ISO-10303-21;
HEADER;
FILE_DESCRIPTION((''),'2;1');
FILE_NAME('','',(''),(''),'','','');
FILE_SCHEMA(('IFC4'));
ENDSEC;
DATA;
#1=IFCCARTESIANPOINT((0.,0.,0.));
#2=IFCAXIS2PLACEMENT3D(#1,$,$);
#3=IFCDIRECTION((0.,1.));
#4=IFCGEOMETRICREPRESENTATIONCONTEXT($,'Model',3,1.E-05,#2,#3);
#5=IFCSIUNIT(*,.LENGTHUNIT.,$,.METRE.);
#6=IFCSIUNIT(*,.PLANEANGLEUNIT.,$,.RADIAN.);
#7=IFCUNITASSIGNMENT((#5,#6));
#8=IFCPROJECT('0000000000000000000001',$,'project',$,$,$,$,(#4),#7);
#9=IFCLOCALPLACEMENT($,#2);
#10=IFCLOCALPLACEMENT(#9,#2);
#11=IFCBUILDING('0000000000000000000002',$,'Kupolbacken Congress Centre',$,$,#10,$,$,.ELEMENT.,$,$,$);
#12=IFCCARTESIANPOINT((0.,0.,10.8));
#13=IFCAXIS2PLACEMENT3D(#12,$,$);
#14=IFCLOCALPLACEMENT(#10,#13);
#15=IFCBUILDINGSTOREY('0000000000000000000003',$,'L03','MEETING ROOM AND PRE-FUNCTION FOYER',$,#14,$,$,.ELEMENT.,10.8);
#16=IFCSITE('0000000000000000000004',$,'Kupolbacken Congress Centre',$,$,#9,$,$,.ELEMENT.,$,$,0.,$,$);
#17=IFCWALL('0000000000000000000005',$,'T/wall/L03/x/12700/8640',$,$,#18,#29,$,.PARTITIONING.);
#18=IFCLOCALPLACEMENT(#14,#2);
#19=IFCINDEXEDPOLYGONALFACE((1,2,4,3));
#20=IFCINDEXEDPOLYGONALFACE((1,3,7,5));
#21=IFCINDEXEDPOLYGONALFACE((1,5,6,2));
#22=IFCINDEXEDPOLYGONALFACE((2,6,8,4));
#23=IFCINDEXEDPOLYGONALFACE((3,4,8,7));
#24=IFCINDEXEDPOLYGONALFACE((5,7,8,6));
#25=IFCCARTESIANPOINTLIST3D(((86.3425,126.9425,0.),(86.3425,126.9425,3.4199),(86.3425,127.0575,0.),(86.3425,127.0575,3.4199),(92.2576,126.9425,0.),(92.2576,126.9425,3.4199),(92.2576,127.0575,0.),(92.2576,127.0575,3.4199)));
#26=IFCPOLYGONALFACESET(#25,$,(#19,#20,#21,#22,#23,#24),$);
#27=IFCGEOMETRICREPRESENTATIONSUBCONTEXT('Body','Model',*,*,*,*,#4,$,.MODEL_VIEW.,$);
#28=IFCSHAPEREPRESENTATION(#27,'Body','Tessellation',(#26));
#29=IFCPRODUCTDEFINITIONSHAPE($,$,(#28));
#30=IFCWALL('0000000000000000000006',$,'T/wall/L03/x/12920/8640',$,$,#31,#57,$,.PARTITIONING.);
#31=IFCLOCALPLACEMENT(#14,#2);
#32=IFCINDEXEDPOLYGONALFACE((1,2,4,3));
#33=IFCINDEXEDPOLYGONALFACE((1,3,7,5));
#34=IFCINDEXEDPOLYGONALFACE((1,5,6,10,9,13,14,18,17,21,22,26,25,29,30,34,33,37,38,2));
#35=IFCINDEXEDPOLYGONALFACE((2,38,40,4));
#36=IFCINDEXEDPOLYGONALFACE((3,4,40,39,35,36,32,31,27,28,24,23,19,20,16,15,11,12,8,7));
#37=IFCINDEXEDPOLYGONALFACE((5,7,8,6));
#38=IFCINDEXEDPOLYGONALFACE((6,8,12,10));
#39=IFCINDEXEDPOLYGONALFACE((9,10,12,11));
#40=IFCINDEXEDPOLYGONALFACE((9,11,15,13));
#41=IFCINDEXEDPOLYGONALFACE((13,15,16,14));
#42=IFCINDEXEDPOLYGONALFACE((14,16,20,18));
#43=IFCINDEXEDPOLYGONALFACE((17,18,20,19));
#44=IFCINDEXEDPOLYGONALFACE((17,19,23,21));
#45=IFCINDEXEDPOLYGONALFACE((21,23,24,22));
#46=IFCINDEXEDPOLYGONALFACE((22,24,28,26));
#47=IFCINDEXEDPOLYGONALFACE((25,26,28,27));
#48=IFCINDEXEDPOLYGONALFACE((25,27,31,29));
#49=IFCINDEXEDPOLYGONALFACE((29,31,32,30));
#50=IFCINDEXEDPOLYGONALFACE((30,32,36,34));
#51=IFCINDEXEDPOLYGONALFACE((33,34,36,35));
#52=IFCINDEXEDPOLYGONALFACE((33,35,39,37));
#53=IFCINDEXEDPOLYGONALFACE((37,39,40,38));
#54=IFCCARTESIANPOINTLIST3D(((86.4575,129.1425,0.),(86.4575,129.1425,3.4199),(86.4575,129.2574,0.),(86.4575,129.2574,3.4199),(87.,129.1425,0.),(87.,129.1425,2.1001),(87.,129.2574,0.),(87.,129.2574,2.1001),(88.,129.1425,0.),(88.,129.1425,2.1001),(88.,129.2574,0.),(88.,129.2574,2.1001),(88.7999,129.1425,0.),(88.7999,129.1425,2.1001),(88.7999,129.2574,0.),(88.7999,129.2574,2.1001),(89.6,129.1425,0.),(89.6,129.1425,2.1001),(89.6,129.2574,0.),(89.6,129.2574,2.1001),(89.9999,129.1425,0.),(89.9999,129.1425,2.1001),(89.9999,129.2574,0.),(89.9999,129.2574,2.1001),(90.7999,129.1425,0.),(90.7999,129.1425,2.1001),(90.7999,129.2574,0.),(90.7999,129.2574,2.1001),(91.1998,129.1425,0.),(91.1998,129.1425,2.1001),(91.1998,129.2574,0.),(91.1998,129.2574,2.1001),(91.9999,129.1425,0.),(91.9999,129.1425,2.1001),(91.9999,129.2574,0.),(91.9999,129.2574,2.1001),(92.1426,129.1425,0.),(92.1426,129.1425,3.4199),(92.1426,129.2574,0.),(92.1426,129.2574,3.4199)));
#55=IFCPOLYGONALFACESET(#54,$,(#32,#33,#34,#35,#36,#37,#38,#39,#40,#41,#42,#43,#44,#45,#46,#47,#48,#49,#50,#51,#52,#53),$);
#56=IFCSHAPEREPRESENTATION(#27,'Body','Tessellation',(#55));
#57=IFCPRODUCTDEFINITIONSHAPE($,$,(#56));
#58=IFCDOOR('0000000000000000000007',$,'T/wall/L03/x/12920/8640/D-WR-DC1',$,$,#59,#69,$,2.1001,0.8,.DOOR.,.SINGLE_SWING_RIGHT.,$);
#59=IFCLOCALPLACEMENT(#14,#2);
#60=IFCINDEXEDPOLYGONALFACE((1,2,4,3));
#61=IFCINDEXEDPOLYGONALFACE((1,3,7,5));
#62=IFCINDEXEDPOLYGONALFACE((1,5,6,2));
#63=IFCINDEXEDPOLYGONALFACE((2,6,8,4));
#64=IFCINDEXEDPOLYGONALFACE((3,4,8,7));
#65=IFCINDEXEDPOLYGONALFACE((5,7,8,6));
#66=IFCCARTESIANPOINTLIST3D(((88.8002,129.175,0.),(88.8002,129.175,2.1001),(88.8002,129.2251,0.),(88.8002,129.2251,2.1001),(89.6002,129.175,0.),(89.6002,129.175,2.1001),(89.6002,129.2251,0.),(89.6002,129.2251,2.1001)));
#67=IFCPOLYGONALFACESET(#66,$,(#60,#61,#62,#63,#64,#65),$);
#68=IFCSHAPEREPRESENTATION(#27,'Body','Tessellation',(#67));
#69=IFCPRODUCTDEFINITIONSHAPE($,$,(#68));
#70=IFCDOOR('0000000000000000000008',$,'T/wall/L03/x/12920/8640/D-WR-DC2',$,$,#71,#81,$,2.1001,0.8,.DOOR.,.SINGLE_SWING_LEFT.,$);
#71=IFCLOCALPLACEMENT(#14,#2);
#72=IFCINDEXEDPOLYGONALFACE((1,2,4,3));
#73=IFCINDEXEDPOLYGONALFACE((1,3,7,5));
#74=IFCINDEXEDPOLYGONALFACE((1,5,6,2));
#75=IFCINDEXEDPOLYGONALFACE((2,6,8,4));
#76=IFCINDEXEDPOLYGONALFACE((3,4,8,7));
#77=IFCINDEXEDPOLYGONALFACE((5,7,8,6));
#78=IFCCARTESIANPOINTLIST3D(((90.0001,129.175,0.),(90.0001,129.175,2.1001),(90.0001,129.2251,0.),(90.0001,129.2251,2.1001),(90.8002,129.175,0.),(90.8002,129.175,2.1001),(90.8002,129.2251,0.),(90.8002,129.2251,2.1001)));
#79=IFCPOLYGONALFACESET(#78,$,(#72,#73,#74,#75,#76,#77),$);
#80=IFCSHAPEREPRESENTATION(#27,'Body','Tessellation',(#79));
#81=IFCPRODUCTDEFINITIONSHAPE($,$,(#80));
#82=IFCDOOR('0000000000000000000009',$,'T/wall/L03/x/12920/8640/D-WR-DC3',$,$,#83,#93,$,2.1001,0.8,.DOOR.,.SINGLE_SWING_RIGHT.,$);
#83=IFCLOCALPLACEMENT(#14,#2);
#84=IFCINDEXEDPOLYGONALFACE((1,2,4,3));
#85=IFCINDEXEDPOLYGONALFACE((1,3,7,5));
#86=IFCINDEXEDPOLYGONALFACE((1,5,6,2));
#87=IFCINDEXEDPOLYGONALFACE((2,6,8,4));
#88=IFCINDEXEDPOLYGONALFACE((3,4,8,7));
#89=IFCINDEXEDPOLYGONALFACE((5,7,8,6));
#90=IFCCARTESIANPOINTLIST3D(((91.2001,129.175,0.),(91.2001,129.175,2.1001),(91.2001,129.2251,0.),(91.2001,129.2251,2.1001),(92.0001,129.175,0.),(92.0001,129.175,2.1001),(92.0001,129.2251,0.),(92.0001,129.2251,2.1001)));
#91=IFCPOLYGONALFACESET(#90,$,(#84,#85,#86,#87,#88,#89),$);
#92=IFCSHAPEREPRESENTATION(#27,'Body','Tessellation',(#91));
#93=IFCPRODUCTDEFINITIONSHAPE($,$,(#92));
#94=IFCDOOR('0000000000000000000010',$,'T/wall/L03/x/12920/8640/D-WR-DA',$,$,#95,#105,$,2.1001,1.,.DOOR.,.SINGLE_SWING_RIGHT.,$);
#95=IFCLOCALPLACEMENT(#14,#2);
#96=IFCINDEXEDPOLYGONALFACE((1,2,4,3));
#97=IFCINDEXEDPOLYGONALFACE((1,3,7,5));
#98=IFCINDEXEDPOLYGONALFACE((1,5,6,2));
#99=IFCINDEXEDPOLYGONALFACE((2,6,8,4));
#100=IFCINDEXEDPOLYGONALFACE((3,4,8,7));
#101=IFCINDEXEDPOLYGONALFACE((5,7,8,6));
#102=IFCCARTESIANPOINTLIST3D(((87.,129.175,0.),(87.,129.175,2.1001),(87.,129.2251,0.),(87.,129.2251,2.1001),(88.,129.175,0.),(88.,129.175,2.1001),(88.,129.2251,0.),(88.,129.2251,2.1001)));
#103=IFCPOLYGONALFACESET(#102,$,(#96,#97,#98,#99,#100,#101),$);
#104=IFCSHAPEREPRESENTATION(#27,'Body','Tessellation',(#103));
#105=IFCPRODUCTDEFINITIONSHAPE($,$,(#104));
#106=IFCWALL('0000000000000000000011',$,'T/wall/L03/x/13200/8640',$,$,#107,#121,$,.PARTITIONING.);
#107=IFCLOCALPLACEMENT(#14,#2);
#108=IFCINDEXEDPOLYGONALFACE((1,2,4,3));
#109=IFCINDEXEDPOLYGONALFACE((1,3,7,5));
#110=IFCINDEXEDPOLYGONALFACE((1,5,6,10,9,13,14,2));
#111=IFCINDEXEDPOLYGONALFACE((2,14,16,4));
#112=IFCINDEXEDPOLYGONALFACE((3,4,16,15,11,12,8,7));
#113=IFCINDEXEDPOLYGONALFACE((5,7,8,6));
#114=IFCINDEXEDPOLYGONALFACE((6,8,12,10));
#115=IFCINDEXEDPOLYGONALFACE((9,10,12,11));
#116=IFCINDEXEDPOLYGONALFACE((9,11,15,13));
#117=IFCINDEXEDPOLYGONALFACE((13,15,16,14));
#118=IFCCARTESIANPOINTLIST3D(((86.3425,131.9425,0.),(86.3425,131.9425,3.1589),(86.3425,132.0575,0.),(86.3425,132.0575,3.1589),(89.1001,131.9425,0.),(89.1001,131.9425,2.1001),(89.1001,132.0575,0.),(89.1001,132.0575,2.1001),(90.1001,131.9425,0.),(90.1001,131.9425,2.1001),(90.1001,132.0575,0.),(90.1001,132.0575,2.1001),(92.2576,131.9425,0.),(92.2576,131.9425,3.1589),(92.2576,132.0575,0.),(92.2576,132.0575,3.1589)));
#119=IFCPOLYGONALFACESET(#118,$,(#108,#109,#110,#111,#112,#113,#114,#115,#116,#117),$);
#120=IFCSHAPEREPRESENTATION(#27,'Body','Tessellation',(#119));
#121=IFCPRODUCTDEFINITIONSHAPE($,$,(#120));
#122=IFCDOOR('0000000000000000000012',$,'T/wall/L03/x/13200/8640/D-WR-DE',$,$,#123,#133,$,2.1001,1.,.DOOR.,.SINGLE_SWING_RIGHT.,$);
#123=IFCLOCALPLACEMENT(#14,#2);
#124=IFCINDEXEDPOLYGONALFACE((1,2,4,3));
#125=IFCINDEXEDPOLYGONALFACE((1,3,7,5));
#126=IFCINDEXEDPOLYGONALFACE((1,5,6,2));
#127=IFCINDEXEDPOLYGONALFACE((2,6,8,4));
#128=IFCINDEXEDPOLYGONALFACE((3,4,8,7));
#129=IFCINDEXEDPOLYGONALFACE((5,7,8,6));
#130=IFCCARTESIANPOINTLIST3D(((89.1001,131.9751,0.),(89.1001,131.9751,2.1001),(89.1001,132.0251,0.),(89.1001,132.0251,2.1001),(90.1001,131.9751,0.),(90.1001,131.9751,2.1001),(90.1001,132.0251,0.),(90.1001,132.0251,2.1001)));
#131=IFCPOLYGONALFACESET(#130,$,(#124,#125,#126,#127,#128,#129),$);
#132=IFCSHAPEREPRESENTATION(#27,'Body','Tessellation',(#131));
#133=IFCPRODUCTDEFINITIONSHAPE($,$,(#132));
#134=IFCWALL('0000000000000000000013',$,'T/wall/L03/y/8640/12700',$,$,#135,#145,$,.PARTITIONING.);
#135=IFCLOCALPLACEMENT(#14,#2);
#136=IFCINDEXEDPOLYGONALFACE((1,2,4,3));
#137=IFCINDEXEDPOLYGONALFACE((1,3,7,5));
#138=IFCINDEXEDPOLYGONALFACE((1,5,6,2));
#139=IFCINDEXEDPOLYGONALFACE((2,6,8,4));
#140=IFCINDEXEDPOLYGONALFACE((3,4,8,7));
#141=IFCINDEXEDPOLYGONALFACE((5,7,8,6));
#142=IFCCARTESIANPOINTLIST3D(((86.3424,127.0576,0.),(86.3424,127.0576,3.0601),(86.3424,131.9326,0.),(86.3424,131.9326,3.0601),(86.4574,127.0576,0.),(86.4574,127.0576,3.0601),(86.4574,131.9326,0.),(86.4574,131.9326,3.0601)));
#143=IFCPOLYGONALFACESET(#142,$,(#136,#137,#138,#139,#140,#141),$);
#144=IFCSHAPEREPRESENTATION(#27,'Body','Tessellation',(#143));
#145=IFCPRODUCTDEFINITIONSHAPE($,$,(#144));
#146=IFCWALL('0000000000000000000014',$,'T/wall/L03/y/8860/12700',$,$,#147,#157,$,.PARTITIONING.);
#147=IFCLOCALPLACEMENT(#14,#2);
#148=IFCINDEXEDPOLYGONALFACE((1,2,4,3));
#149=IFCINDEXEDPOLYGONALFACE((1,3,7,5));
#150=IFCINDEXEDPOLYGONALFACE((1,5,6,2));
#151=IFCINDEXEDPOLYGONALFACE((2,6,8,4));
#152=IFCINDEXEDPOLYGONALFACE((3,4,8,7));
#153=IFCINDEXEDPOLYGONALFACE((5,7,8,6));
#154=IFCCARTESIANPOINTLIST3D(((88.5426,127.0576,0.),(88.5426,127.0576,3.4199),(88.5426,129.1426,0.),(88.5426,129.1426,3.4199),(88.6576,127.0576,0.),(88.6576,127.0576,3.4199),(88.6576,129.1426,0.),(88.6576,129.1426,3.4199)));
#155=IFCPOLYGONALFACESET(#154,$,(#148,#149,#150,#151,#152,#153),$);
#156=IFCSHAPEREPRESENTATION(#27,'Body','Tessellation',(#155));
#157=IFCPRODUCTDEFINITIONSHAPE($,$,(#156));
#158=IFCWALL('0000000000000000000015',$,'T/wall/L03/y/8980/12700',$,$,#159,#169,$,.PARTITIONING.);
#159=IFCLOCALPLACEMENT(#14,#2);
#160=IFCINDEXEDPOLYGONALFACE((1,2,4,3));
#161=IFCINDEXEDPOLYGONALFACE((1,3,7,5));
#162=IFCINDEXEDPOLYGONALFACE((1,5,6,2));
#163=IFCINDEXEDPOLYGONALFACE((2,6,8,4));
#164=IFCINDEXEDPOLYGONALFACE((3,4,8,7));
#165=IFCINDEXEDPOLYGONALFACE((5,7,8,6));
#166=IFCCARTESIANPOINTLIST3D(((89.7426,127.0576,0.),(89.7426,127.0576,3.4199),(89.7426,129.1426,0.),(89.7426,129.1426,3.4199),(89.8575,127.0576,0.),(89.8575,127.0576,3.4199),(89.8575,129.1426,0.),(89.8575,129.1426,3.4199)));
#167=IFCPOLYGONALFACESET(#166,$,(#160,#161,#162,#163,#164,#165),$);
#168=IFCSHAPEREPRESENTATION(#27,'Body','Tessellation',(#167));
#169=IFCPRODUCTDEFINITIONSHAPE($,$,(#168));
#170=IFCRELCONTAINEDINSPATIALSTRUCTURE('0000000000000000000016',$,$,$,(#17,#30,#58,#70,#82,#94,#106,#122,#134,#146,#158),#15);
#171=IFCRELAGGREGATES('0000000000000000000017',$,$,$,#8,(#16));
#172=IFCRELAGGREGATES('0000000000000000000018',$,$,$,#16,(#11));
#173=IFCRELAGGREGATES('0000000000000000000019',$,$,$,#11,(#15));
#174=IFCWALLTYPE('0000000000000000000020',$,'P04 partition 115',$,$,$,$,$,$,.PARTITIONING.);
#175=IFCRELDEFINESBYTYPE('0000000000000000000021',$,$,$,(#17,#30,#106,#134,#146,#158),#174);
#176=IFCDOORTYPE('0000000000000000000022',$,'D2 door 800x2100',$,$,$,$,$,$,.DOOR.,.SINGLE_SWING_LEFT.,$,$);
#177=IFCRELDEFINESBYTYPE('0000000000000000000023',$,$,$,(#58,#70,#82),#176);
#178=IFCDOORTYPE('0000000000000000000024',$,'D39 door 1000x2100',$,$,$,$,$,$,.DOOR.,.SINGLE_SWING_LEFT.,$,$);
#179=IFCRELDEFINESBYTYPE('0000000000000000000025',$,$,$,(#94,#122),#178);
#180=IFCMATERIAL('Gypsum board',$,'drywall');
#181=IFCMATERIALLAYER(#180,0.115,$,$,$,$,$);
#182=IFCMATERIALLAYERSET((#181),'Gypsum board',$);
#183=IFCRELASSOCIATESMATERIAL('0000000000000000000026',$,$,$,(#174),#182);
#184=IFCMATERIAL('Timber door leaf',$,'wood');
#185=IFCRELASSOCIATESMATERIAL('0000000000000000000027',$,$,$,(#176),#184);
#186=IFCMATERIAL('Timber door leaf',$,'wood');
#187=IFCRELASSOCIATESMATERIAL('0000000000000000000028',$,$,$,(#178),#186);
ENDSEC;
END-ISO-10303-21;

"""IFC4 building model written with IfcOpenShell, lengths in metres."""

from ifc_helpers import new_model, si_unit, direction, frame, frame_2d, origin, place, context, subcontext, project, spatial, rectangle, extrude, material, layer, layer_set, type_object, element, fill, save


model = new_model("IFC4")

# Units and contexts
model_context = context("Model", 3, precision=1e-05, world=origin(), true_north=direction((0.0, 1.0)))
body_context = subcontext(model_context, "Body", "Model", "MODEL_VIEW")
ifc_project = project(units=[si_unit("LENGTHUNIT", "METRE"), si_unit("PLANEANGLEUNIT", "RADIAN")], contexts=[model_context])

# Site, building, storey
site_placement = place(None, origin())
site = spatial("IfcSite", under=ifc_project, at=site_placement, Name="Kupolbacken Congress Centre", CompositionType="ELEMENT", RefElevation=0.0)
building_placement = place(site_placement, origin())
building = spatial("IfcBuilding", under=site, at=building_placement, Name="Kupolbacken Congress Centre", CompositionType="ELEMENT")
storey_placement = place(building_placement, frame((0.0, 0.0, 10.8)))
storey = spatial("IfcBuildingStorey", under=building, at=storey_placement, Name="L03", Description="MEETING ROOM AND PRE-FUNCTION FOYER", CompositionType="ELEMENT", Elevation=10.8)

# Wall
ifc_material_1 = material(Name="Gypsum board", Category="drywall")
ifc_layer_1 = layer(ifc_material_1, 0.115)
ifc_layer_set_1 = layer_set([ifc_layer_1], Name="Gypsum board")
wall_type_1 = type_object("IfcWallType", Name="P04 partition 115", PredefinedType="PARTITIONING", material=ifc_layer_set_1)
wall_1_placement = place(storey_placement, frame((86.3425, 127.0, 0.0), z_axis=(0.0, 0.0, 1.0), x_axis=(1.0, 0.0, 0.0)))
element("IfcWall", 1, at=wall_1_placement, inside=storey, type_object=wall_type_1, Name="T/wall/L03/x/12700/8640", PredefinedType="PARTITIONING", context=body_context, shape_type="SweptSolid", body=[
    extrude(rectangle(XDim=5.915, YDim=0.115, at=frame_2d((2.9575, 0.0))), origin(), (0.0, 0.0, 1.0), 3.4199),
])

# Wall, openings, doors
wall_2_placement = place(storey_placement, frame((86.4575, 129.2, 0.0), z_axis=(0.0, 0.0, 1.0), x_axis=(1.0, 0.0, 0.0)))
wall_2 = element("IfcWall", 2, at=wall_2_placement, inside=storey, type_object=wall_type_1, Name="T/wall/L03/x/12920/8640", PredefinedType="PARTITIONING", context=body_context, shape_type="SweptSolid", body=[
    extrude(rectangle(XDim=5.6851, YDim=0.115, at=frame_2d((2.8425, 0.0))), origin(), (0.0, 0.0, 1.0), 3.4199),
])
opening_1_placement = place(wall_2_placement, frame((0.5425, 0.0, 0.0)))
opening_1 = element("IfcOpeningElement", 3, at=opening_1_placement, cuts=wall_2, PredefinedType="OPENING", context=body_context, shape_type="SweptSolid", body=[
    extrude(rectangle(XDim=1.0, YDim=2.1001, at=frame_2d((0.5, 1.05))), frame((0.0, 0.0674, 0.0), z_axis=(0.0, -1.0, 0.0), x_axis=(1.0, 0.0, 0.0)), (0.0, 0.0, 1.0), 0.135),
])
opening_2_placement = place(wall_2_placement, frame((2.3425, 0.0, 0.0)))
opening_2 = element("IfcOpeningElement", 4, at=opening_2_placement, cuts=wall_2, PredefinedType="OPENING", context=body_context, shape_type="SweptSolid", body=[
    extrude(rectangle(XDim=0.8, YDim=2.1001, at=frame_2d((0.3999, 1.05))), frame((0.0, 0.0674, 0.0), z_axis=(0.0, -1.0, 0.0), x_axis=(1.0, 0.0, 0.0)), (0.0, 0.0, 1.0), 0.135),
])
opening_3_placement = place(wall_2_placement, frame((3.5425, 0.0, 0.0)))
opening_3 = element("IfcOpeningElement", 5, at=opening_3_placement, cuts=wall_2, PredefinedType="OPENING", context=body_context, shape_type="SweptSolid", body=[
    extrude(rectangle(XDim=0.8, YDim=2.1001, at=frame_2d((0.3999, 1.05))), frame((0.0, 0.0674, 0.0), z_axis=(0.0, -1.0, 0.0), x_axis=(1.0, 0.0, 0.0)), (0.0, 0.0, 1.0), 0.135),
])
opening_4_placement = place(wall_2_placement, frame((4.7424, 0.0, 0.0)))
opening_4 = element("IfcOpeningElement", 6, at=opening_4_placement, cuts=wall_2, PredefinedType="OPENING", context=body_context, shape_type="SweptSolid", body=[
    extrude(rectangle(XDim=0.8, YDim=2.1001, at=frame_2d((0.3999, 1.05))), frame((0.0, 0.0674, 0.0), z_axis=(0.0, -1.0, 0.0), x_axis=(1.0, 0.0, 0.0)), (0.0, 0.0, 1.0), 0.135),
])
ifc_material_2 = material(Name="Timber door leaf", Category="wood")
door_type_1 = type_object("IfcDoorType", Name="D2 door 800x2100", OperationType="SINGLE_SWING_LEFT", PredefinedType="DOOR", material=ifc_material_2)
door_1_placement = place(opening_2_placement, frame((0.8, 0.0, 0.0), z_axis=(0.0, 0.0, 1.0), x_axis=(-1.0, 0.0, 0.0)))
door_1 = element("IfcDoor", 7, at=door_1_placement, inside=storey, type_object=door_type_1, Name="T/wall/L03/x/12920/8640/D-WR-DC1", OperationType="SINGLE_SWING_RIGHT", OverallHeight=2.1001, OverallWidth=0.8, PredefinedType="DOOR", context=body_context, shape_type="SweptSolid", body=[
    extrude(rectangle(XDim=0.8, YDim=2.1001, at=frame_2d((0.3999, 1.05))), frame((0.0, 0.0249, 0.0), z_axis=(0.0, -1.0, 0.0), x_axis=(1.0, 0.0, 0.0)), (0.0, 0.0, 1.0), 0.05),
])
fill(opening_2, door_1)
door_2_placement = place(opening_3_placement, frame((0.8, 0.0, 0.0), z_axis=(0.0, 0.0, 1.0), x_axis=(-1.0, 0.0, 0.0)))
door_2 = element("IfcDoor", 8, at=door_2_placement, inside=storey, type_object=door_type_1, Name="T/wall/L03/x/12920/8640/D-WR-DC2", OperationType="SINGLE_SWING_LEFT", OverallHeight=2.1001, OverallWidth=0.8, PredefinedType="DOOR", context=body_context, shape_type="SweptSolid", body=[
    extrude(rectangle(XDim=0.8, YDim=2.1001, at=frame_2d((0.3999, 1.05))), frame((0.0, 0.0249, 0.0), z_axis=(0.0, -1.0, 0.0), x_axis=(1.0, 0.0, 0.0)), (0.0, 0.0, 1.0), 0.05),
])
fill(opening_3, door_2)
door_3_placement = place(opening_4_placement, frame((0.8, 0.0, 0.0), z_axis=(0.0, 0.0, 1.0), x_axis=(-1.0, 0.0, 0.0)))
door_3 = element("IfcDoor", 9, at=door_3_placement, inside=storey, type_object=door_type_1, Name="T/wall/L03/x/12920/8640/D-WR-DC3", OperationType="SINGLE_SWING_RIGHT", OverallHeight=2.1001, OverallWidth=0.8, PredefinedType="DOOR", context=body_context, shape_type="SweptSolid", body=[
    extrude(rectangle(XDim=0.8, YDim=2.1001, at=frame_2d((0.3999, 1.05))), frame((0.0, 0.0249, 0.0), z_axis=(0.0, -1.0, 0.0), x_axis=(1.0, 0.0, 0.0)), (0.0, 0.0, 1.0), 0.05),
])
fill(opening_4, door_3)
ifc_material_3 = material(Name="Timber door leaf", Category="wood")
door_type_2 = type_object("IfcDoorType", Name="D39 door 1000x2100", OperationType="SINGLE_SWING_LEFT", PredefinedType="DOOR", material=ifc_material_3)
door_4_placement = place(opening_1_placement, frame((1.0, 0.0, 0.0), z_axis=(0.0, 0.0, 1.0), x_axis=(-1.0, 0.0, 0.0)))
door_4 = element("IfcDoor", 10, at=door_4_placement, inside=storey, type_object=door_type_2, Name="T/wall/L03/x/12920/8640/D-WR-DA", OperationType="SINGLE_SWING_RIGHT", OverallHeight=2.1001, OverallWidth=1.0, PredefinedType="DOOR", context=body_context, shape_type="SweptSolid", body=[
    extrude(rectangle(XDim=1.0, YDim=2.1001, at=frame_2d((0.5, 1.05))), frame((0.0, 0.0249, 0.0), z_axis=(0.0, -1.0, 0.0), x_axis=(1.0, 0.0, 0.0)), (0.0, 0.0, 1.0), 0.05),
])
fill(opening_1, door_4)

# Wall, opening, door
wall_3_placement = place(storey_placement, frame((86.3425, 132.0, 0.0), z_axis=(0.0, 0.0, 1.0), x_axis=(1.0, 0.0, 0.0)))
wall_3 = element("IfcWall", 11, at=wall_3_placement, inside=storey, type_object=wall_type_1, Name="T/wall/L03/x/13200/8640", PredefinedType="PARTITIONING", context=body_context, shape_type="SweptSolid", body=[
    extrude(rectangle(XDim=5.915, YDim=0.115, at=frame_2d((2.9575, 0.0))), origin(), (0.0, 0.0, 1.0), 3.1589),
])
opening_5_placement = place(wall_3_placement, frame((2.7576, 0.0, 0.0)))
opening_5 = element("IfcOpeningElement", 12, at=opening_5_placement, cuts=wall_3, PredefinedType="OPENING", context=body_context, shape_type="SweptSolid", body=[
    extrude(rectangle(XDim=1.0, YDim=2.1001, at=frame_2d((0.5, 1.05))), frame((0.0, 0.0674, 0.0), z_axis=(0.0, -1.0, 0.0), x_axis=(1.0, 0.0, 0.0)), (0.0, 0.0, 1.0), 0.135),
])
door_5_placement = place(opening_5_placement, frame((1.0, 0.0, 0.0), z_axis=(0.0, 0.0, 1.0), x_axis=(-1.0, 0.0, 0.0)))
door_5 = element("IfcDoor", 13, at=door_5_placement, inside=storey, type_object=door_type_2, Name="T/wall/L03/x/13200/8640/D-WR-DE", OperationType="SINGLE_SWING_RIGHT", OverallHeight=2.1001, OverallWidth=1.0, PredefinedType="DOOR", context=body_context, shape_type="SweptSolid", body=[
    extrude(rectangle(XDim=1.0, YDim=2.1001, at=frame_2d((0.5, 1.05))), frame((0.0, 0.0249, 0.0), z_axis=(0.0, -1.0, 0.0), x_axis=(1.0, 0.0, 0.0)), (0.0, 0.0, 1.0), 0.05),
])
fill(opening_5, door_5)

# Walls
wall_4_placement = place(storey_placement, frame((86.3999, 127.0576, 0.0), z_axis=(0.0, 0.0, 1.0), x_axis=(0.0, 1.0, 0.0)))
element("IfcWall", 14, at=wall_4_placement, inside=storey, type_object=wall_type_1, Name="T/wall/L03/y/8640/12700", PredefinedType="PARTITIONING", context=body_context, shape_type="SweptSolid", body=[
    extrude(rectangle(XDim=4.875, YDim=0.115, at=frame_2d((2.4375, 0.0))), origin(), (0.0, 0.0, 1.0), 3.0601),
])
for number, where, z_axis, x_axis, name in (
    (15, (88.6001, 127.0576, 0.0), (0.0, 0.0, 1.0), (0.0, 1.0, 0.0), "T/wall/L03/y/8860/12700"),
    (16, (89.8, 127.0576, 0.0), (0.0, 0.0, 1.0), (0.0, 1.0, 0.0), "T/wall/L03/y/8980/12700"),
):
    element("IfcWall", number, at=place(storey_placement, frame(where, z_axis=z_axis, x_axis=x_axis)), inside=storey, type_object=wall_type_1, Name=name, PredefinedType="PARTITIONING", context=body_context, shape_type="SweptSolid", body=[
        extrude(rectangle(XDim=2.085, YDim=0.115, at=frame_2d((1.0425, 0.0))), origin(), (0.0, 0.0, 1.0), 3.4199),
    ])

save(model, "model.ifc")
